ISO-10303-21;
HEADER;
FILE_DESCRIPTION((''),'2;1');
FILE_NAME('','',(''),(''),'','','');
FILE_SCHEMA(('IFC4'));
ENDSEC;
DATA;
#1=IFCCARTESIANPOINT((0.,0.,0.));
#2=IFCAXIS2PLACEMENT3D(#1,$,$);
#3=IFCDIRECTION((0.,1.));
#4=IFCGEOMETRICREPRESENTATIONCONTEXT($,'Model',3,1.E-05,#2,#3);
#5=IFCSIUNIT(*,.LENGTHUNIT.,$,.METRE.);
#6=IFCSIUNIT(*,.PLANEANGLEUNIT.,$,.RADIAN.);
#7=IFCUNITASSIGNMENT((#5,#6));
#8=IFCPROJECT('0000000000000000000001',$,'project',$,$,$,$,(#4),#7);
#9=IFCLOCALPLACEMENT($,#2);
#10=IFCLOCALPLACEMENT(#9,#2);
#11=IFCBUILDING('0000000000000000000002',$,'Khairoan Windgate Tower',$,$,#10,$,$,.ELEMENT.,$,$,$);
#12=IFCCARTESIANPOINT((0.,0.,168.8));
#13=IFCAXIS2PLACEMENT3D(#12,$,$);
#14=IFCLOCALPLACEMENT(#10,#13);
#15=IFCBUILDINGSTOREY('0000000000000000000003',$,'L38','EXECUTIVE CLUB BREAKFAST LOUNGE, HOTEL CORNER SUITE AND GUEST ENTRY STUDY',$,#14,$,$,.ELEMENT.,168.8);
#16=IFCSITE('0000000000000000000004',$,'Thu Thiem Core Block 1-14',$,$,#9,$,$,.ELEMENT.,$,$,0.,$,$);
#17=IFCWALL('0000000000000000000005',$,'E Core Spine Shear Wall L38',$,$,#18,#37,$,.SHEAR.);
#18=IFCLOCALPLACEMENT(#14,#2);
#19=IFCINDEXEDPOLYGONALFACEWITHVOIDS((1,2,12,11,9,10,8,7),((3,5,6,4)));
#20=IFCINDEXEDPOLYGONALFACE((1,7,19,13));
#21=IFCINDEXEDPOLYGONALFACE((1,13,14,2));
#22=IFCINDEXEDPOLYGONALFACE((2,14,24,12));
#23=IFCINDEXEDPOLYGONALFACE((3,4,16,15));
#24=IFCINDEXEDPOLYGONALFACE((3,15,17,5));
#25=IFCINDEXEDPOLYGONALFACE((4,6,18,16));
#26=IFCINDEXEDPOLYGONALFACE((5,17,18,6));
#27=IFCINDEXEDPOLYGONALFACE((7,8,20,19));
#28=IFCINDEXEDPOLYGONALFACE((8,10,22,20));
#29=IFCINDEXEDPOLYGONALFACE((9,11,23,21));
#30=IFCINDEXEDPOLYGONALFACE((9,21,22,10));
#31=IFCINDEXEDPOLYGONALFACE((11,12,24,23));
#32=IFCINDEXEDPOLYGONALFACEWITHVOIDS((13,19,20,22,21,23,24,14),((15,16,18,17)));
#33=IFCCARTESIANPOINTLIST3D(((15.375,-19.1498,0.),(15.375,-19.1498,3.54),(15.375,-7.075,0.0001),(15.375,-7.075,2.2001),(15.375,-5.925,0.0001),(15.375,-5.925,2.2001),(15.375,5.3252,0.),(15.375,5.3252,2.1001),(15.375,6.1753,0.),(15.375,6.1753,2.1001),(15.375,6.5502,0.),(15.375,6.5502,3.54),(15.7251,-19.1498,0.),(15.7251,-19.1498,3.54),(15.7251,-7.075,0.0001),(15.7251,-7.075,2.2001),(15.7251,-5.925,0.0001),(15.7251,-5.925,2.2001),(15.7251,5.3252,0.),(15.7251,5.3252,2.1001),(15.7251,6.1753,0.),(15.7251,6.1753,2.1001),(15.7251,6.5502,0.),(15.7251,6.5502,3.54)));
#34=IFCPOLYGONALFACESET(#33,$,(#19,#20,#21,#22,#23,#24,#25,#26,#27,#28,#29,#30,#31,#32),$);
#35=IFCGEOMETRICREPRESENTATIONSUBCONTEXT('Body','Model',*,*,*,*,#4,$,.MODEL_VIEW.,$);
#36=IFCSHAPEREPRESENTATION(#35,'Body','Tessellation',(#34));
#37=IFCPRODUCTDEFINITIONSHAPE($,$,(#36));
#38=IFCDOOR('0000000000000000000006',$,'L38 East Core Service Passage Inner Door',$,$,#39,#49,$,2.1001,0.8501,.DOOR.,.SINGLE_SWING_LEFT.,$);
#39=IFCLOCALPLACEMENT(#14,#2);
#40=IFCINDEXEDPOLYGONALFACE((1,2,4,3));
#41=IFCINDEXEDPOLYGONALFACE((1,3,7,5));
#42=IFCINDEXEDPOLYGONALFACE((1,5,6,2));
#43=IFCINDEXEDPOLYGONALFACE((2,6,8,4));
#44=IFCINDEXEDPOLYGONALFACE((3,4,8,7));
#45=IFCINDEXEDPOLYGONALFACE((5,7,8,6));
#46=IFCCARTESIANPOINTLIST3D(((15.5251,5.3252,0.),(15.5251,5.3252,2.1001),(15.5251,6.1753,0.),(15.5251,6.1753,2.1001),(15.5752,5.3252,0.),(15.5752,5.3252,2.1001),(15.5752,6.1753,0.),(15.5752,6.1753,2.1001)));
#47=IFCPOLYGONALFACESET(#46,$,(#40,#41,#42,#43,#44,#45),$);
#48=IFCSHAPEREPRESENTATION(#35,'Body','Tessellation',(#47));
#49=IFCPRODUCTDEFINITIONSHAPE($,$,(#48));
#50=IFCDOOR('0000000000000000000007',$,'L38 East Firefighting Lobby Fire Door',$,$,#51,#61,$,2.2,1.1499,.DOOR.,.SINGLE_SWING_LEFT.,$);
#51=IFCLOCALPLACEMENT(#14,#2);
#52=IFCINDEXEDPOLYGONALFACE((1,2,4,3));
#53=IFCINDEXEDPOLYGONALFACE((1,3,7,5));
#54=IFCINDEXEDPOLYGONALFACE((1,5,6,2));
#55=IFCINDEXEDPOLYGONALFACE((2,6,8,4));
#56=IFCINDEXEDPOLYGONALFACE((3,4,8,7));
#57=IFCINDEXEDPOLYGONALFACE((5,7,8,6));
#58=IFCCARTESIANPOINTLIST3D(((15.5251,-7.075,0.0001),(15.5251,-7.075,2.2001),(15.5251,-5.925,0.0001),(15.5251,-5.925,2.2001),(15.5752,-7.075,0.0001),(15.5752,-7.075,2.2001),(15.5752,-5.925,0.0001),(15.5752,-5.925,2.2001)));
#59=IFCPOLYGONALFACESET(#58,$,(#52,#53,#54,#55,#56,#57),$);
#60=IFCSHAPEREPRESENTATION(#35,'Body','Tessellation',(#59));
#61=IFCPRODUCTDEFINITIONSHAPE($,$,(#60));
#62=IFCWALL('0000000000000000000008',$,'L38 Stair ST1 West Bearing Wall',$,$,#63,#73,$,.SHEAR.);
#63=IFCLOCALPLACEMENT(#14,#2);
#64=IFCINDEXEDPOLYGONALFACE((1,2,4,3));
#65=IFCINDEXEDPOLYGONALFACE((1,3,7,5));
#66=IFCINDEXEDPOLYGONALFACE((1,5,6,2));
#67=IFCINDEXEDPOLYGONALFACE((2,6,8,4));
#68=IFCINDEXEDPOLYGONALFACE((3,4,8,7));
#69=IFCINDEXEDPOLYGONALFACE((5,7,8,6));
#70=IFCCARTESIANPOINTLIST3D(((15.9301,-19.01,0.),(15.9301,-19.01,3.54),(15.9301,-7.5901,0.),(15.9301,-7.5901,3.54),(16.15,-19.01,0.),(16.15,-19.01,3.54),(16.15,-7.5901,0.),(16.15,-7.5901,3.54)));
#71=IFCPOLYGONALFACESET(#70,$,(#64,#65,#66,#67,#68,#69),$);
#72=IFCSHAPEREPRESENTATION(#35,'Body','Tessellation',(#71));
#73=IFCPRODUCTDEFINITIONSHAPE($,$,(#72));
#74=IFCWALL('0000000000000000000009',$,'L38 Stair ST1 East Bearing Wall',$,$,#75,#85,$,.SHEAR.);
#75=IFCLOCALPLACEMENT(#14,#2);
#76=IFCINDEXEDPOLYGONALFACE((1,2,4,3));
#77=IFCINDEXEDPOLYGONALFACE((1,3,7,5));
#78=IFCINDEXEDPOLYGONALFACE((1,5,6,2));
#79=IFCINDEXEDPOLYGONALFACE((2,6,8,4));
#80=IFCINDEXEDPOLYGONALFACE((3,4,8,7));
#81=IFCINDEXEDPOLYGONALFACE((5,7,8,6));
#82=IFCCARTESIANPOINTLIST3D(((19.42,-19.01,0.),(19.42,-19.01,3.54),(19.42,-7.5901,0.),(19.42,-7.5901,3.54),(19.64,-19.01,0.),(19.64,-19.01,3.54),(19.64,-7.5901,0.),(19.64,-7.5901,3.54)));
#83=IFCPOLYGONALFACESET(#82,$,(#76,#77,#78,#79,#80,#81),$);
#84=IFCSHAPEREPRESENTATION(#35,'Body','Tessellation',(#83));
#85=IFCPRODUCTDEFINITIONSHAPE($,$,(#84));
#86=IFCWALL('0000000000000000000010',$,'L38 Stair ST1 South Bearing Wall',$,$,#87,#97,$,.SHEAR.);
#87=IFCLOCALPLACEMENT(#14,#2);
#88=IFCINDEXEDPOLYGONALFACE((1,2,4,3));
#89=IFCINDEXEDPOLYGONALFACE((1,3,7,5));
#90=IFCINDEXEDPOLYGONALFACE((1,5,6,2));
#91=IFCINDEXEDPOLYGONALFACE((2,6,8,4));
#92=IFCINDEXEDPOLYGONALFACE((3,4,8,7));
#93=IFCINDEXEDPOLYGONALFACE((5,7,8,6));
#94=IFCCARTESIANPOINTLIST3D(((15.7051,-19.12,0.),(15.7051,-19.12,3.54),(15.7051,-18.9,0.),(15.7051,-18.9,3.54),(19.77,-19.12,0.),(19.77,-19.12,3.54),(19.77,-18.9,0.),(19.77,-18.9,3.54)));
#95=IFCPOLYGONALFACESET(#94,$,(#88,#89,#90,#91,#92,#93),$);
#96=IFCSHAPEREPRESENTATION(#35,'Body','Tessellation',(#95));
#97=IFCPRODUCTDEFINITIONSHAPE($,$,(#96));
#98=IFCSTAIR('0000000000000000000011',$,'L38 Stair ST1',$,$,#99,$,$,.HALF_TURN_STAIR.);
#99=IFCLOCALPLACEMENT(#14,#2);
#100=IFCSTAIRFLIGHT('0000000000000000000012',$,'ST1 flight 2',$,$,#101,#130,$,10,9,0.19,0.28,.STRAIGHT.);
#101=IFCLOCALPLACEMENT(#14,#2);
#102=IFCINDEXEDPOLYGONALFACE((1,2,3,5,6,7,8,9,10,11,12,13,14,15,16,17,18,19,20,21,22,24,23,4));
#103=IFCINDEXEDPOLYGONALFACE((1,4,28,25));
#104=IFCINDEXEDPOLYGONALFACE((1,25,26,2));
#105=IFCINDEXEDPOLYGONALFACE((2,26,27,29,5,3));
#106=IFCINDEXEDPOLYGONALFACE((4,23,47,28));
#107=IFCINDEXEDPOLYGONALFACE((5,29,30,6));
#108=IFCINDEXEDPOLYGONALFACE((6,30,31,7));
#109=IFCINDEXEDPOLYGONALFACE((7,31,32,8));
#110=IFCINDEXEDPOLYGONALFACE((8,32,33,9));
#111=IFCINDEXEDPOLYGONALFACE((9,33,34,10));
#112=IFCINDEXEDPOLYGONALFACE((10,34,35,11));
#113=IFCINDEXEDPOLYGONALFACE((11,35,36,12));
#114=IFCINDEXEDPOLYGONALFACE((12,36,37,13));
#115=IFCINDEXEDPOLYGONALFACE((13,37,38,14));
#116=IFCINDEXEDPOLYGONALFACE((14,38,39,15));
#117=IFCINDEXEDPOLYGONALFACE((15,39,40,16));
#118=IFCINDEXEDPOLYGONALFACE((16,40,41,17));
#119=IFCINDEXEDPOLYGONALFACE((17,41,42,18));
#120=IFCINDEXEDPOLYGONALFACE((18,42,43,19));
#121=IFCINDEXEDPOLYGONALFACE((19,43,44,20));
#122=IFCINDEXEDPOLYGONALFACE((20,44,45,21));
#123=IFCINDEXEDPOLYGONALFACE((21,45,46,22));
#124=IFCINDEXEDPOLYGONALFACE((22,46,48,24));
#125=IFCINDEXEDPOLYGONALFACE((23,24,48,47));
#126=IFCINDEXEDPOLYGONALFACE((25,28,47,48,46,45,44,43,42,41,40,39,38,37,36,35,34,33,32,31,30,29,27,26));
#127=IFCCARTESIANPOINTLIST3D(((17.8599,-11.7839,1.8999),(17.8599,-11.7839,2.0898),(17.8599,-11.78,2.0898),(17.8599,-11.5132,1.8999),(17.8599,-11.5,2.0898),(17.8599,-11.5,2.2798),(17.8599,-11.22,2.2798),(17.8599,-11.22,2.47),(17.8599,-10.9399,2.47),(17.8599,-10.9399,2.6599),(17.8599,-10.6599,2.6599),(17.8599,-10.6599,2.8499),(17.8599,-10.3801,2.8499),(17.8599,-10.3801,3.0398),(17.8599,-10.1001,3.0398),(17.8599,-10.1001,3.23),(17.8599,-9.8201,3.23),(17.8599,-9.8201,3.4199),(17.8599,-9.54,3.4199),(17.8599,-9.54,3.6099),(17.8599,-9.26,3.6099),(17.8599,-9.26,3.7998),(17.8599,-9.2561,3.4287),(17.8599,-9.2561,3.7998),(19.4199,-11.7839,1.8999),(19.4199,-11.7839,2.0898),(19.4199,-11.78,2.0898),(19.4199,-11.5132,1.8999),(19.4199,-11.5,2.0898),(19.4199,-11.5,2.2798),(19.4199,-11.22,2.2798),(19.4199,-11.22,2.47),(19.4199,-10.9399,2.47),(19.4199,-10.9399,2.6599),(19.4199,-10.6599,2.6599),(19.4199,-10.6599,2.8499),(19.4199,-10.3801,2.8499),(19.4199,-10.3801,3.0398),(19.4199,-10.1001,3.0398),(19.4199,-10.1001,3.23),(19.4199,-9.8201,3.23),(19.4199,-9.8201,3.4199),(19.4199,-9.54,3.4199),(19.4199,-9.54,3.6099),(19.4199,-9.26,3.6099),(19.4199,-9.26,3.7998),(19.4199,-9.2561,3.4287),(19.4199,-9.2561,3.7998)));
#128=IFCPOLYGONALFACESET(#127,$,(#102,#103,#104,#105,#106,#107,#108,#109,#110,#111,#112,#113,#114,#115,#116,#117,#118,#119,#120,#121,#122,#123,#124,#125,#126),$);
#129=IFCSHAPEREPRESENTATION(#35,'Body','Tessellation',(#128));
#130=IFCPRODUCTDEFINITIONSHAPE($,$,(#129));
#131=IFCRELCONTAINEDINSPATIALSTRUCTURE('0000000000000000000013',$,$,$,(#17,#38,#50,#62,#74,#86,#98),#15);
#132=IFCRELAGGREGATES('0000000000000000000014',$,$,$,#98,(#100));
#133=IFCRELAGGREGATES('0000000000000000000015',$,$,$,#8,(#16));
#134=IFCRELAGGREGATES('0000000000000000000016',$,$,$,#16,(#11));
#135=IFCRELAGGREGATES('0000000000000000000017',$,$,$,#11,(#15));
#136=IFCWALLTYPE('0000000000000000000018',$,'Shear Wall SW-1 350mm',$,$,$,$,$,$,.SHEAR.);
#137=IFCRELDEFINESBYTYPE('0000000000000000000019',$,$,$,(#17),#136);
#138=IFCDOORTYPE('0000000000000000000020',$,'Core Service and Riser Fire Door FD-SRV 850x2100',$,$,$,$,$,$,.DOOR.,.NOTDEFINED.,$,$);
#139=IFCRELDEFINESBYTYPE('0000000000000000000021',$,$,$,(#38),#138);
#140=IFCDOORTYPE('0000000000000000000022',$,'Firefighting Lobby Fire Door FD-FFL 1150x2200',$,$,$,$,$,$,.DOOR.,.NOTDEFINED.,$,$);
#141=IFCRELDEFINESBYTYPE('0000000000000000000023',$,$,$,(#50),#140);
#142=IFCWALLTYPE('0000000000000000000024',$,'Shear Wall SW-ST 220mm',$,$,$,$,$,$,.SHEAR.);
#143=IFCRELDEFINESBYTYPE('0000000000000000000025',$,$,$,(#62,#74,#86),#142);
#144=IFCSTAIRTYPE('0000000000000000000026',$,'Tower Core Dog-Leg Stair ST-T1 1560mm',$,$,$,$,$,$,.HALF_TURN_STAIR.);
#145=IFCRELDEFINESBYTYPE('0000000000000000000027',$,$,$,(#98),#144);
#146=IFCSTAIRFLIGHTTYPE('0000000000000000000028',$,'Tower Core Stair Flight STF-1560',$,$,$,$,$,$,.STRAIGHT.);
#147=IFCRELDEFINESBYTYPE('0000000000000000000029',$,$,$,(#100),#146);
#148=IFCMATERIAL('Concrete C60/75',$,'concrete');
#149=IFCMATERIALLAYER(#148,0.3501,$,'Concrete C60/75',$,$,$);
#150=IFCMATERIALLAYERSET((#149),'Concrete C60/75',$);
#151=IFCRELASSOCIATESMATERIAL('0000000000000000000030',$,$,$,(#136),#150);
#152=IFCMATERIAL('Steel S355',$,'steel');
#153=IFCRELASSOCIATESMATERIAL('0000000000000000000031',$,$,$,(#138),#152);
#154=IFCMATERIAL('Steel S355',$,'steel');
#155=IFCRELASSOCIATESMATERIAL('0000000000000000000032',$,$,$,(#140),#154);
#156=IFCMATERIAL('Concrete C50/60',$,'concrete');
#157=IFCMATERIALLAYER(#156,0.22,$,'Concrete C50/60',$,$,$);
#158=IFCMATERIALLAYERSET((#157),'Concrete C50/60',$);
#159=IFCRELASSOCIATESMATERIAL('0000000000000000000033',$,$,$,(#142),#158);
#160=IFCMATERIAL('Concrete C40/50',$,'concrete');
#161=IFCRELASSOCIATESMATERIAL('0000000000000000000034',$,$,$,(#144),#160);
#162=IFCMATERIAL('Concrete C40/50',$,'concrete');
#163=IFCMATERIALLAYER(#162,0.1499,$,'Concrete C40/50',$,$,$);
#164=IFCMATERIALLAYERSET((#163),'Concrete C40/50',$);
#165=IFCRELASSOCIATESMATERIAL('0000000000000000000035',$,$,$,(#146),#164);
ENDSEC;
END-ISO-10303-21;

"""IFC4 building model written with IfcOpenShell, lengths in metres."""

from ifc_helpers import new_model, si_unit, direction, frame, frame_2d, origin, place, context, subcontext, project, spatial, polyline, rectangle, outline, extrude, material, layer, layer_set, type_object, element, fill, aggregate, save


model = new_model("IFC4")

# Units and contexts
model_context = context("Model", 3, precision=1e-05, world=origin(), true_north=direction((0.0, 1.0)))
body_context = subcontext(model_context, "Body", "Model", "MODEL_VIEW")
ifc_project = project(units=[si_unit("LENGTHUNIT", "METRE"), si_unit("PLANEANGLEUNIT", "RADIAN")], contexts=[model_context])

# Site, building, storey
site_placement = place(None, origin())
site = spatial("IfcSite", under=ifc_project, at=site_placement, Name="Thu Thiem Core Block 1-14", CompositionType="ELEMENT", RefElevation=0.0)
building_placement = place(site_placement, origin())
building = spatial("IfcBuilding", under=site, at=building_placement, Name="Khairoan Windgate Tower", CompositionType="ELEMENT")
storey_placement = place(building_placement, frame((0.0, 0.0, 168.8)))
storey = spatial("IfcBuildingStorey", under=building, at=storey_placement, Name="L38", Description="EXECUTIVE CLUB BREAKFAST LOUNGE, HOTEL CORNER SUITE AND GUEST ENTRY STUDY", CompositionType="ELEMENT", Elevation=168.8)

# Wall, openings, doors
ifc_material_1 = material(Name="Concrete C60/75", Category="concrete")
ifc_layer_1 = layer(ifc_material_1, 0.3501, Name="Concrete C60/75")
ifc_layer_set_1 = layer_set([ifc_layer_1], Name="Concrete C60/75")
wall_type_1 = type_object("IfcWallType", Name="Shear Wall SW-1 350mm", PredefinedType="SHEAR", material=ifc_layer_set_1)
wall_1_placement = place(storey_placement, frame((15.55, -19.1499, 0.0), z_axis=(0.0, 0.0, 1.0), x_axis=(0.0, 1.0, 0.0)))
wall_1 = element("IfcWall", 1, at=wall_1_placement, inside=storey, type_object=wall_type_1, Name="E Core Spine Shear Wall L38", PredefinedType="SHEAR", context=body_context, shape_type="SweptSolid", body=[
    extrude(rectangle(XDim=25.7, YDim=0.3501, at=frame_2d((12.8501, 0.0))), origin(), (0.0, 0.0, 1.0), 3.54),
])
opening_1_placement = place(wall_1_placement, frame((12.075, 0.0, 0.0)))
opening_1 = element("IfcOpeningElement", 2, at=opening_1_placement, cuts=wall_1, PredefinedType="OPENING", context=body_context, shape_type="SweptSolid", body=[
    extrude(rectangle(XDim=1.1499, YDim=2.2, at=frame_2d((0.575, 1.1001))), frame((0.0, 0.1851, 0.0), z_axis=(0.0, -1.0, 0.0), x_axis=(1.0, 0.0, 0.0)), (0.0, 0.0, 1.0), 0.3701),
])
opening_2_placement = place(wall_1_placement, frame((24.4751, 0.0, 0.0)))
opening_2 = element("IfcOpeningElement", 3, at=opening_2_placement, cuts=wall_1, PredefinedType="OPENING", context=body_context, shape_type="SweptSolid", body=[
    extrude(rectangle(XDim=0.8501, YDim=2.1001, at=frame_2d((0.425, 1.05))), frame((0.0, 0.1851, 0.0), z_axis=(0.0, -1.0, 0.0), x_axis=(1.0, 0.0, 0.0)), (0.0, 0.0, 1.0), 0.3701),
])
ifc_material_2 = material(Name="Steel S355", Category="steel")
door_type_1 = type_object("IfcDoorType", Name="Core Service and Riser Fire Door FD-SRV 850x2100", OperationType="NOTDEFINED", PredefinedType="DOOR", material=ifc_material_2)
door_1_placement = place(opening_2_placement, origin())
door_1 = element("IfcDoor", 4, at=door_1_placement, inside=storey, type_object=door_type_1, Name="L38 East Core Service Passage Inner Door", OperationType="SINGLE_SWING_LEFT", OverallHeight=2.1001, OverallWidth=0.8501, PredefinedType="DOOR", context=body_context, shape_type="SweptSolid", body=[
    extrude(rectangle(XDim=0.8501, YDim=2.1001, at=frame_2d((0.425, 1.05))), frame((0.0, 0.0249, 0.0), z_axis=(0.0, -1.0, 0.0), x_axis=(1.0, 0.0, 0.0)), (0.0, 0.0, 1.0), 0.05),
])
fill(opening_2, door_1)
ifc_material_3 = material(Name="Steel S355", Category="steel")
door_type_2 = type_object("IfcDoorType", Name="Firefighting Lobby Fire Door FD-FFL 1150x2200", OperationType="NOTDEFINED", PredefinedType="DOOR", material=ifc_material_3)
door_2_placement = place(opening_1_placement, origin())
door_2 = element("IfcDoor", 5, at=door_2_placement, inside=storey, type_object=door_type_2, Name="L38 East Firefighting Lobby Fire Door", OperationType="SINGLE_SWING_LEFT", OverallHeight=2.2, OverallWidth=1.1499, PredefinedType="DOOR", context=body_context, shape_type="SweptSolid", body=[
    extrude(rectangle(XDim=1.1499, YDim=2.2, at=frame_2d((0.575, 1.1001))), frame((0.0, 0.0249, 0.0), z_axis=(0.0, -1.0, 0.0), x_axis=(1.0, 0.0, 0.0)), (0.0, 0.0, 1.0), 0.05),
])
fill(opening_1, door_2)

# Walls
ifc_material_4 = material(Name="Concrete C50/60", Category="concrete")
ifc_layer_2 = layer(ifc_material_4, 0.22, Name="Concrete C50/60")
ifc_layer_set_2 = layer_set([ifc_layer_2], Name="Concrete C50/60")
wall_type_2 = type_object("IfcWallType", Name="Shear Wall SW-ST 220mm", PredefinedType="SHEAR", material=ifc_layer_set_2)
for number, where, z_axis, x_axis, name in (
    (6, (16.04, -19.01, 0.0), (0.0, 0.0, 1.0), (0.0, 1.0, 0.0), "L38 Stair ST1 West Bearing Wall"),
    (7, (19.53, -19.01, 0.0), (0.0, 0.0, 1.0), (0.0, 1.0, 0.0), "L38 Stair ST1 East Bearing Wall"),
):
    element("IfcWall", number, at=place(storey_placement, frame(where, z_axis=z_axis, x_axis=x_axis)), inside=storey, type_object=wall_type_2, Name=name, PredefinedType="SHEAR", context=body_context, shape_type="SweptSolid", body=[
        extrude(rectangle(XDim=11.4199, YDim=0.22, at=frame_2d((5.71, 0.0))), origin(), (0.0, 0.0, 1.0), 3.54),
    ])
wall_2_placement = place(storey_placement, frame((15.7051, -19.01, 0.0), z_axis=(0.0, 0.0, 1.0), x_axis=(1.0, 0.0, 0.0)))
element("IfcWall", 8, at=wall_2_placement, inside=storey, type_object=wall_type_2, Name="L38 Stair ST1 South Bearing Wall", PredefinedType="SHEAR", context=body_context, shape_type="SweptSolid", body=[
    extrude(rectangle(XDim=4.0649, YDim=0.22, at=frame_2d((2.0325, 0.0))), origin(), (0.0, 0.0, 1.0), 3.54),
])

# Stair, stair flight
ifc_material_5 = material(Name="Concrete C40/50", Category="concrete")
stair_type = type_object("IfcStairType", Name="Tower Core Dog-Leg Stair ST-T1 1560mm", PredefinedType="HALF_TURN_STAIR", material=ifc_material_5)
stair_placement = place(storey_placement, origin())
stair = element("IfcStair", 9, at=stair_placement, inside=storey, type_object=stair_type, Name="L38 Stair ST1", PredefinedType="HALF_TURN_STAIR")
ifc_material_6 = material(Name="Concrete C40/50", Category="concrete")
ifc_layer_3 = layer(ifc_material_6, 0.1499, Name="Concrete C40/50")
ifc_layer_set_3 = layer_set([ifc_layer_3], Name="Concrete C40/50")
stair_flight_type = type_object("IfcStairFlightType", Name="Tower Core Stair Flight STF-1560", PredefinedType="STRAIGHT", material=ifc_layer_set_3)
stair_flight_placement = place(storey_placement, frame((18.6399, -11.78, 1.8999), z_axis=(0.0, 0.0, 1.0), x_axis=(0.0, 1.0, 0.0)))
stair_flight = element("IfcStairFlight", 10, at=stair_flight_placement, type_object=stair_flight_type, Name="ST1 flight 2", NumberOfRisers=10, NumberOfTreads=9, PredefinedType="STRAIGHT", RiserHeight=0.19, TreadLength=0.28, context=body_context, shape_type="SweptSolid", body=[
    extrude(outline(polyline([(-0.0039, 0.0), (-0.0039, 0.1899), (0.0, 0.1899), (0.28, 0.1899), (0.28, 0.3799), (0.5601, 0.3799), (0.5601, 0.5701), (0.8401, 0.5701), (0.8401, 0.76), (1.1201, 0.76), (1.1201, 0.95), (1.3999, 0.95), (1.3999, 1.1399), (1.6799, 1.1399), (1.6799, 1.3301), (1.96, 1.3301), (1.96, 1.52), (2.24, 1.52), (2.24, 1.71), (2.52, 1.71), (2.52, 1.8999), (2.5239, 1.8999), (2.5239, 1.5288), (0.2668, 0.0), (-0.0039, 0.0)])), frame((0.0, 0.78, 0.0), z_axis=(0.0, -1.0, 0.0), x_axis=(1.0, 0.0, 0.0)), (0.0, 0.0, 1.0), 1.5601),
])
aggregate(stair, [stair_flight])

save(model, "model.ifc")
